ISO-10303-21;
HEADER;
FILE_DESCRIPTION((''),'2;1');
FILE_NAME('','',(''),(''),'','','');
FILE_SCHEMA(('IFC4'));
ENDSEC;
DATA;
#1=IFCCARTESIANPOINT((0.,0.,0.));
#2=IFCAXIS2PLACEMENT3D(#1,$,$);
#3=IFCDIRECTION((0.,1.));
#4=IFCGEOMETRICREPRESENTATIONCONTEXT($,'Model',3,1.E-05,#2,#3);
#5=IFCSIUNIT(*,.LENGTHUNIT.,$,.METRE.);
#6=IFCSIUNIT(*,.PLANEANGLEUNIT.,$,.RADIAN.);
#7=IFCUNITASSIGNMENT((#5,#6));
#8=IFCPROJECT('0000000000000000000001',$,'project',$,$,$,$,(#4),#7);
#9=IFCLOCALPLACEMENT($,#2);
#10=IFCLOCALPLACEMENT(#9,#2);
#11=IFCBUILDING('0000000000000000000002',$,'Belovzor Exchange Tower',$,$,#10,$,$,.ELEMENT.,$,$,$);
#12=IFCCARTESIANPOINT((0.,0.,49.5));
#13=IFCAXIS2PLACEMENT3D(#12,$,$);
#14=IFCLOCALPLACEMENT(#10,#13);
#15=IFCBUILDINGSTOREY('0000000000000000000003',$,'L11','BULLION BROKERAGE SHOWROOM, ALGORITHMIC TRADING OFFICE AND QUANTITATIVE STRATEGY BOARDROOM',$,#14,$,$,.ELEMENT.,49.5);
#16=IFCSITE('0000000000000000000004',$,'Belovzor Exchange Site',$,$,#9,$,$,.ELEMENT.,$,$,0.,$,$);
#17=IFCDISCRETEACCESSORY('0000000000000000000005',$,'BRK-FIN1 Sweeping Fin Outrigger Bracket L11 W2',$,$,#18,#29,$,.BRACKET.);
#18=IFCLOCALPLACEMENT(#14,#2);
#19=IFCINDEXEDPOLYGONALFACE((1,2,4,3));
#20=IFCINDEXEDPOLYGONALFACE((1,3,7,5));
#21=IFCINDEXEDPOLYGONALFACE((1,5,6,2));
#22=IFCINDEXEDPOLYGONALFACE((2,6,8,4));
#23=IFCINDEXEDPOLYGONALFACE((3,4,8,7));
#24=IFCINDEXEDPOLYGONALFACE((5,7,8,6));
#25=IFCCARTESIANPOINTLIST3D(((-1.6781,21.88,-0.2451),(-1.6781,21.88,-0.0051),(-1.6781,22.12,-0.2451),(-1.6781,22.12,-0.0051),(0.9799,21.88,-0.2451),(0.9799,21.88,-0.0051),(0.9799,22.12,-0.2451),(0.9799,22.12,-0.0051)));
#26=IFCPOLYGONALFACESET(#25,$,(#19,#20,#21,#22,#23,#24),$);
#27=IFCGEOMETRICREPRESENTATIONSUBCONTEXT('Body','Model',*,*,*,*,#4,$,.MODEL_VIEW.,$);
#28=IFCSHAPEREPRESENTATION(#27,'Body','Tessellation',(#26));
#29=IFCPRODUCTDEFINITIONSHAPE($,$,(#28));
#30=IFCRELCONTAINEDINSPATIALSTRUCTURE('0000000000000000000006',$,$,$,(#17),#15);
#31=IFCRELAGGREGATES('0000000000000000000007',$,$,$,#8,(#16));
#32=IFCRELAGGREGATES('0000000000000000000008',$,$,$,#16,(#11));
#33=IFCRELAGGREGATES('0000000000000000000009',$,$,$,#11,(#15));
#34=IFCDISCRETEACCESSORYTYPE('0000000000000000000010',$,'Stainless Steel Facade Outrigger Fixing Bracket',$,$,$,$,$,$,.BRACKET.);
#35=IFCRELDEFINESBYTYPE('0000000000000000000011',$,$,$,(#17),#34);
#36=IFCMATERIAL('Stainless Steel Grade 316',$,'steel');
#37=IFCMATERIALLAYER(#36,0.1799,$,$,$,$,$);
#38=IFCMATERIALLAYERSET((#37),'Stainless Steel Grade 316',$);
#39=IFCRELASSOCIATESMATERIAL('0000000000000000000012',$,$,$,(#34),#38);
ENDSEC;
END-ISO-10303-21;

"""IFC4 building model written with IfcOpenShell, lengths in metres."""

from ifc_helpers import new_model, si_unit, direction, frame, origin, origin_2d, place, context, subcontext, project, spatial, rectangle, extrude, material, layer, layer_set, type_object, element, save


model = new_model("IFC4")

# Units and contexts
model_context = context("Model", 3, precision=1e-05, world=origin(), true_north=direction((0.0, 1.0)))
body_context = subcontext(model_context, "Body", "Model", "MODEL_VIEW")
ifc_project = project(units=[si_unit("LENGTHUNIT", "METRE"), si_unit("PLANEANGLEUNIT", "RADIAN")], contexts=[model_context])

# Site, building, storey
site_placement = place(None, origin())
site = spatial("IfcSite", under=ifc_project, at=site_placement, Name="Belovzor Exchange Site", CompositionType="ELEMENT", RefElevation=0.0)
building_placement = place(site_placement, origin())
building = spatial("IfcBuilding", under=site, at=building_placement, Name="Belovzor Exchange Tower", CompositionType="ELEMENT")
storey_placement = place(building_placement, frame((0.0, 0.0, 49.5)))
storey = spatial("IfcBuildingStorey", under=building, at=storey_placement, Name="L11", Description="BULLION BROKERAGE SHOWROOM, ALGORITHMIC TRADING OFFICE AND QUANTITATIVE STRATEGY BOARDROOM", CompositionType="ELEMENT", Elevation=49.5)

# Discrete accessory
ifc_material_1 = material(Name="Stainless Steel Grade 316", Category="steel")
ifc_layer_1 = layer(ifc_material_1, 0.1799)
ifc_layer_set_1 = layer_set([ifc_layer_1], Name="Stainless Steel Grade 316")
discrete_accessory_type = type_object("IfcDiscreteAccessoryType", Name="Stainless Steel Facade Outrigger Fixing Bracket", PredefinedType="BRACKET", material=ifc_layer_set_1)
for number, where, z_axis, x_axis, name in (
    (1, (-0.3491, 22.0, -0.2451), (0.0, 0.0, 1.0), (1.0, 0.0, 0.0), "BRK-FIN1 Sweeping Fin Outrigger Bracket L11 W2"),
):
    element("IfcDiscreteAccessory", number, at=place(storey_placement, frame(where, z_axis=z_axis, x_axis=x_axis)), inside=storey, type_object=discrete_accessory_type, Name=name, PredefinedType="BRACKET", context=body_context, shape_type="SweptSolid", body=[
        extrude(rectangle(XDim=2.658, YDim=0.24, at=origin_2d()), origin(), (0.0, 0.0, 1.0), 0.24),
    ])

save(model, "model.ifc")
